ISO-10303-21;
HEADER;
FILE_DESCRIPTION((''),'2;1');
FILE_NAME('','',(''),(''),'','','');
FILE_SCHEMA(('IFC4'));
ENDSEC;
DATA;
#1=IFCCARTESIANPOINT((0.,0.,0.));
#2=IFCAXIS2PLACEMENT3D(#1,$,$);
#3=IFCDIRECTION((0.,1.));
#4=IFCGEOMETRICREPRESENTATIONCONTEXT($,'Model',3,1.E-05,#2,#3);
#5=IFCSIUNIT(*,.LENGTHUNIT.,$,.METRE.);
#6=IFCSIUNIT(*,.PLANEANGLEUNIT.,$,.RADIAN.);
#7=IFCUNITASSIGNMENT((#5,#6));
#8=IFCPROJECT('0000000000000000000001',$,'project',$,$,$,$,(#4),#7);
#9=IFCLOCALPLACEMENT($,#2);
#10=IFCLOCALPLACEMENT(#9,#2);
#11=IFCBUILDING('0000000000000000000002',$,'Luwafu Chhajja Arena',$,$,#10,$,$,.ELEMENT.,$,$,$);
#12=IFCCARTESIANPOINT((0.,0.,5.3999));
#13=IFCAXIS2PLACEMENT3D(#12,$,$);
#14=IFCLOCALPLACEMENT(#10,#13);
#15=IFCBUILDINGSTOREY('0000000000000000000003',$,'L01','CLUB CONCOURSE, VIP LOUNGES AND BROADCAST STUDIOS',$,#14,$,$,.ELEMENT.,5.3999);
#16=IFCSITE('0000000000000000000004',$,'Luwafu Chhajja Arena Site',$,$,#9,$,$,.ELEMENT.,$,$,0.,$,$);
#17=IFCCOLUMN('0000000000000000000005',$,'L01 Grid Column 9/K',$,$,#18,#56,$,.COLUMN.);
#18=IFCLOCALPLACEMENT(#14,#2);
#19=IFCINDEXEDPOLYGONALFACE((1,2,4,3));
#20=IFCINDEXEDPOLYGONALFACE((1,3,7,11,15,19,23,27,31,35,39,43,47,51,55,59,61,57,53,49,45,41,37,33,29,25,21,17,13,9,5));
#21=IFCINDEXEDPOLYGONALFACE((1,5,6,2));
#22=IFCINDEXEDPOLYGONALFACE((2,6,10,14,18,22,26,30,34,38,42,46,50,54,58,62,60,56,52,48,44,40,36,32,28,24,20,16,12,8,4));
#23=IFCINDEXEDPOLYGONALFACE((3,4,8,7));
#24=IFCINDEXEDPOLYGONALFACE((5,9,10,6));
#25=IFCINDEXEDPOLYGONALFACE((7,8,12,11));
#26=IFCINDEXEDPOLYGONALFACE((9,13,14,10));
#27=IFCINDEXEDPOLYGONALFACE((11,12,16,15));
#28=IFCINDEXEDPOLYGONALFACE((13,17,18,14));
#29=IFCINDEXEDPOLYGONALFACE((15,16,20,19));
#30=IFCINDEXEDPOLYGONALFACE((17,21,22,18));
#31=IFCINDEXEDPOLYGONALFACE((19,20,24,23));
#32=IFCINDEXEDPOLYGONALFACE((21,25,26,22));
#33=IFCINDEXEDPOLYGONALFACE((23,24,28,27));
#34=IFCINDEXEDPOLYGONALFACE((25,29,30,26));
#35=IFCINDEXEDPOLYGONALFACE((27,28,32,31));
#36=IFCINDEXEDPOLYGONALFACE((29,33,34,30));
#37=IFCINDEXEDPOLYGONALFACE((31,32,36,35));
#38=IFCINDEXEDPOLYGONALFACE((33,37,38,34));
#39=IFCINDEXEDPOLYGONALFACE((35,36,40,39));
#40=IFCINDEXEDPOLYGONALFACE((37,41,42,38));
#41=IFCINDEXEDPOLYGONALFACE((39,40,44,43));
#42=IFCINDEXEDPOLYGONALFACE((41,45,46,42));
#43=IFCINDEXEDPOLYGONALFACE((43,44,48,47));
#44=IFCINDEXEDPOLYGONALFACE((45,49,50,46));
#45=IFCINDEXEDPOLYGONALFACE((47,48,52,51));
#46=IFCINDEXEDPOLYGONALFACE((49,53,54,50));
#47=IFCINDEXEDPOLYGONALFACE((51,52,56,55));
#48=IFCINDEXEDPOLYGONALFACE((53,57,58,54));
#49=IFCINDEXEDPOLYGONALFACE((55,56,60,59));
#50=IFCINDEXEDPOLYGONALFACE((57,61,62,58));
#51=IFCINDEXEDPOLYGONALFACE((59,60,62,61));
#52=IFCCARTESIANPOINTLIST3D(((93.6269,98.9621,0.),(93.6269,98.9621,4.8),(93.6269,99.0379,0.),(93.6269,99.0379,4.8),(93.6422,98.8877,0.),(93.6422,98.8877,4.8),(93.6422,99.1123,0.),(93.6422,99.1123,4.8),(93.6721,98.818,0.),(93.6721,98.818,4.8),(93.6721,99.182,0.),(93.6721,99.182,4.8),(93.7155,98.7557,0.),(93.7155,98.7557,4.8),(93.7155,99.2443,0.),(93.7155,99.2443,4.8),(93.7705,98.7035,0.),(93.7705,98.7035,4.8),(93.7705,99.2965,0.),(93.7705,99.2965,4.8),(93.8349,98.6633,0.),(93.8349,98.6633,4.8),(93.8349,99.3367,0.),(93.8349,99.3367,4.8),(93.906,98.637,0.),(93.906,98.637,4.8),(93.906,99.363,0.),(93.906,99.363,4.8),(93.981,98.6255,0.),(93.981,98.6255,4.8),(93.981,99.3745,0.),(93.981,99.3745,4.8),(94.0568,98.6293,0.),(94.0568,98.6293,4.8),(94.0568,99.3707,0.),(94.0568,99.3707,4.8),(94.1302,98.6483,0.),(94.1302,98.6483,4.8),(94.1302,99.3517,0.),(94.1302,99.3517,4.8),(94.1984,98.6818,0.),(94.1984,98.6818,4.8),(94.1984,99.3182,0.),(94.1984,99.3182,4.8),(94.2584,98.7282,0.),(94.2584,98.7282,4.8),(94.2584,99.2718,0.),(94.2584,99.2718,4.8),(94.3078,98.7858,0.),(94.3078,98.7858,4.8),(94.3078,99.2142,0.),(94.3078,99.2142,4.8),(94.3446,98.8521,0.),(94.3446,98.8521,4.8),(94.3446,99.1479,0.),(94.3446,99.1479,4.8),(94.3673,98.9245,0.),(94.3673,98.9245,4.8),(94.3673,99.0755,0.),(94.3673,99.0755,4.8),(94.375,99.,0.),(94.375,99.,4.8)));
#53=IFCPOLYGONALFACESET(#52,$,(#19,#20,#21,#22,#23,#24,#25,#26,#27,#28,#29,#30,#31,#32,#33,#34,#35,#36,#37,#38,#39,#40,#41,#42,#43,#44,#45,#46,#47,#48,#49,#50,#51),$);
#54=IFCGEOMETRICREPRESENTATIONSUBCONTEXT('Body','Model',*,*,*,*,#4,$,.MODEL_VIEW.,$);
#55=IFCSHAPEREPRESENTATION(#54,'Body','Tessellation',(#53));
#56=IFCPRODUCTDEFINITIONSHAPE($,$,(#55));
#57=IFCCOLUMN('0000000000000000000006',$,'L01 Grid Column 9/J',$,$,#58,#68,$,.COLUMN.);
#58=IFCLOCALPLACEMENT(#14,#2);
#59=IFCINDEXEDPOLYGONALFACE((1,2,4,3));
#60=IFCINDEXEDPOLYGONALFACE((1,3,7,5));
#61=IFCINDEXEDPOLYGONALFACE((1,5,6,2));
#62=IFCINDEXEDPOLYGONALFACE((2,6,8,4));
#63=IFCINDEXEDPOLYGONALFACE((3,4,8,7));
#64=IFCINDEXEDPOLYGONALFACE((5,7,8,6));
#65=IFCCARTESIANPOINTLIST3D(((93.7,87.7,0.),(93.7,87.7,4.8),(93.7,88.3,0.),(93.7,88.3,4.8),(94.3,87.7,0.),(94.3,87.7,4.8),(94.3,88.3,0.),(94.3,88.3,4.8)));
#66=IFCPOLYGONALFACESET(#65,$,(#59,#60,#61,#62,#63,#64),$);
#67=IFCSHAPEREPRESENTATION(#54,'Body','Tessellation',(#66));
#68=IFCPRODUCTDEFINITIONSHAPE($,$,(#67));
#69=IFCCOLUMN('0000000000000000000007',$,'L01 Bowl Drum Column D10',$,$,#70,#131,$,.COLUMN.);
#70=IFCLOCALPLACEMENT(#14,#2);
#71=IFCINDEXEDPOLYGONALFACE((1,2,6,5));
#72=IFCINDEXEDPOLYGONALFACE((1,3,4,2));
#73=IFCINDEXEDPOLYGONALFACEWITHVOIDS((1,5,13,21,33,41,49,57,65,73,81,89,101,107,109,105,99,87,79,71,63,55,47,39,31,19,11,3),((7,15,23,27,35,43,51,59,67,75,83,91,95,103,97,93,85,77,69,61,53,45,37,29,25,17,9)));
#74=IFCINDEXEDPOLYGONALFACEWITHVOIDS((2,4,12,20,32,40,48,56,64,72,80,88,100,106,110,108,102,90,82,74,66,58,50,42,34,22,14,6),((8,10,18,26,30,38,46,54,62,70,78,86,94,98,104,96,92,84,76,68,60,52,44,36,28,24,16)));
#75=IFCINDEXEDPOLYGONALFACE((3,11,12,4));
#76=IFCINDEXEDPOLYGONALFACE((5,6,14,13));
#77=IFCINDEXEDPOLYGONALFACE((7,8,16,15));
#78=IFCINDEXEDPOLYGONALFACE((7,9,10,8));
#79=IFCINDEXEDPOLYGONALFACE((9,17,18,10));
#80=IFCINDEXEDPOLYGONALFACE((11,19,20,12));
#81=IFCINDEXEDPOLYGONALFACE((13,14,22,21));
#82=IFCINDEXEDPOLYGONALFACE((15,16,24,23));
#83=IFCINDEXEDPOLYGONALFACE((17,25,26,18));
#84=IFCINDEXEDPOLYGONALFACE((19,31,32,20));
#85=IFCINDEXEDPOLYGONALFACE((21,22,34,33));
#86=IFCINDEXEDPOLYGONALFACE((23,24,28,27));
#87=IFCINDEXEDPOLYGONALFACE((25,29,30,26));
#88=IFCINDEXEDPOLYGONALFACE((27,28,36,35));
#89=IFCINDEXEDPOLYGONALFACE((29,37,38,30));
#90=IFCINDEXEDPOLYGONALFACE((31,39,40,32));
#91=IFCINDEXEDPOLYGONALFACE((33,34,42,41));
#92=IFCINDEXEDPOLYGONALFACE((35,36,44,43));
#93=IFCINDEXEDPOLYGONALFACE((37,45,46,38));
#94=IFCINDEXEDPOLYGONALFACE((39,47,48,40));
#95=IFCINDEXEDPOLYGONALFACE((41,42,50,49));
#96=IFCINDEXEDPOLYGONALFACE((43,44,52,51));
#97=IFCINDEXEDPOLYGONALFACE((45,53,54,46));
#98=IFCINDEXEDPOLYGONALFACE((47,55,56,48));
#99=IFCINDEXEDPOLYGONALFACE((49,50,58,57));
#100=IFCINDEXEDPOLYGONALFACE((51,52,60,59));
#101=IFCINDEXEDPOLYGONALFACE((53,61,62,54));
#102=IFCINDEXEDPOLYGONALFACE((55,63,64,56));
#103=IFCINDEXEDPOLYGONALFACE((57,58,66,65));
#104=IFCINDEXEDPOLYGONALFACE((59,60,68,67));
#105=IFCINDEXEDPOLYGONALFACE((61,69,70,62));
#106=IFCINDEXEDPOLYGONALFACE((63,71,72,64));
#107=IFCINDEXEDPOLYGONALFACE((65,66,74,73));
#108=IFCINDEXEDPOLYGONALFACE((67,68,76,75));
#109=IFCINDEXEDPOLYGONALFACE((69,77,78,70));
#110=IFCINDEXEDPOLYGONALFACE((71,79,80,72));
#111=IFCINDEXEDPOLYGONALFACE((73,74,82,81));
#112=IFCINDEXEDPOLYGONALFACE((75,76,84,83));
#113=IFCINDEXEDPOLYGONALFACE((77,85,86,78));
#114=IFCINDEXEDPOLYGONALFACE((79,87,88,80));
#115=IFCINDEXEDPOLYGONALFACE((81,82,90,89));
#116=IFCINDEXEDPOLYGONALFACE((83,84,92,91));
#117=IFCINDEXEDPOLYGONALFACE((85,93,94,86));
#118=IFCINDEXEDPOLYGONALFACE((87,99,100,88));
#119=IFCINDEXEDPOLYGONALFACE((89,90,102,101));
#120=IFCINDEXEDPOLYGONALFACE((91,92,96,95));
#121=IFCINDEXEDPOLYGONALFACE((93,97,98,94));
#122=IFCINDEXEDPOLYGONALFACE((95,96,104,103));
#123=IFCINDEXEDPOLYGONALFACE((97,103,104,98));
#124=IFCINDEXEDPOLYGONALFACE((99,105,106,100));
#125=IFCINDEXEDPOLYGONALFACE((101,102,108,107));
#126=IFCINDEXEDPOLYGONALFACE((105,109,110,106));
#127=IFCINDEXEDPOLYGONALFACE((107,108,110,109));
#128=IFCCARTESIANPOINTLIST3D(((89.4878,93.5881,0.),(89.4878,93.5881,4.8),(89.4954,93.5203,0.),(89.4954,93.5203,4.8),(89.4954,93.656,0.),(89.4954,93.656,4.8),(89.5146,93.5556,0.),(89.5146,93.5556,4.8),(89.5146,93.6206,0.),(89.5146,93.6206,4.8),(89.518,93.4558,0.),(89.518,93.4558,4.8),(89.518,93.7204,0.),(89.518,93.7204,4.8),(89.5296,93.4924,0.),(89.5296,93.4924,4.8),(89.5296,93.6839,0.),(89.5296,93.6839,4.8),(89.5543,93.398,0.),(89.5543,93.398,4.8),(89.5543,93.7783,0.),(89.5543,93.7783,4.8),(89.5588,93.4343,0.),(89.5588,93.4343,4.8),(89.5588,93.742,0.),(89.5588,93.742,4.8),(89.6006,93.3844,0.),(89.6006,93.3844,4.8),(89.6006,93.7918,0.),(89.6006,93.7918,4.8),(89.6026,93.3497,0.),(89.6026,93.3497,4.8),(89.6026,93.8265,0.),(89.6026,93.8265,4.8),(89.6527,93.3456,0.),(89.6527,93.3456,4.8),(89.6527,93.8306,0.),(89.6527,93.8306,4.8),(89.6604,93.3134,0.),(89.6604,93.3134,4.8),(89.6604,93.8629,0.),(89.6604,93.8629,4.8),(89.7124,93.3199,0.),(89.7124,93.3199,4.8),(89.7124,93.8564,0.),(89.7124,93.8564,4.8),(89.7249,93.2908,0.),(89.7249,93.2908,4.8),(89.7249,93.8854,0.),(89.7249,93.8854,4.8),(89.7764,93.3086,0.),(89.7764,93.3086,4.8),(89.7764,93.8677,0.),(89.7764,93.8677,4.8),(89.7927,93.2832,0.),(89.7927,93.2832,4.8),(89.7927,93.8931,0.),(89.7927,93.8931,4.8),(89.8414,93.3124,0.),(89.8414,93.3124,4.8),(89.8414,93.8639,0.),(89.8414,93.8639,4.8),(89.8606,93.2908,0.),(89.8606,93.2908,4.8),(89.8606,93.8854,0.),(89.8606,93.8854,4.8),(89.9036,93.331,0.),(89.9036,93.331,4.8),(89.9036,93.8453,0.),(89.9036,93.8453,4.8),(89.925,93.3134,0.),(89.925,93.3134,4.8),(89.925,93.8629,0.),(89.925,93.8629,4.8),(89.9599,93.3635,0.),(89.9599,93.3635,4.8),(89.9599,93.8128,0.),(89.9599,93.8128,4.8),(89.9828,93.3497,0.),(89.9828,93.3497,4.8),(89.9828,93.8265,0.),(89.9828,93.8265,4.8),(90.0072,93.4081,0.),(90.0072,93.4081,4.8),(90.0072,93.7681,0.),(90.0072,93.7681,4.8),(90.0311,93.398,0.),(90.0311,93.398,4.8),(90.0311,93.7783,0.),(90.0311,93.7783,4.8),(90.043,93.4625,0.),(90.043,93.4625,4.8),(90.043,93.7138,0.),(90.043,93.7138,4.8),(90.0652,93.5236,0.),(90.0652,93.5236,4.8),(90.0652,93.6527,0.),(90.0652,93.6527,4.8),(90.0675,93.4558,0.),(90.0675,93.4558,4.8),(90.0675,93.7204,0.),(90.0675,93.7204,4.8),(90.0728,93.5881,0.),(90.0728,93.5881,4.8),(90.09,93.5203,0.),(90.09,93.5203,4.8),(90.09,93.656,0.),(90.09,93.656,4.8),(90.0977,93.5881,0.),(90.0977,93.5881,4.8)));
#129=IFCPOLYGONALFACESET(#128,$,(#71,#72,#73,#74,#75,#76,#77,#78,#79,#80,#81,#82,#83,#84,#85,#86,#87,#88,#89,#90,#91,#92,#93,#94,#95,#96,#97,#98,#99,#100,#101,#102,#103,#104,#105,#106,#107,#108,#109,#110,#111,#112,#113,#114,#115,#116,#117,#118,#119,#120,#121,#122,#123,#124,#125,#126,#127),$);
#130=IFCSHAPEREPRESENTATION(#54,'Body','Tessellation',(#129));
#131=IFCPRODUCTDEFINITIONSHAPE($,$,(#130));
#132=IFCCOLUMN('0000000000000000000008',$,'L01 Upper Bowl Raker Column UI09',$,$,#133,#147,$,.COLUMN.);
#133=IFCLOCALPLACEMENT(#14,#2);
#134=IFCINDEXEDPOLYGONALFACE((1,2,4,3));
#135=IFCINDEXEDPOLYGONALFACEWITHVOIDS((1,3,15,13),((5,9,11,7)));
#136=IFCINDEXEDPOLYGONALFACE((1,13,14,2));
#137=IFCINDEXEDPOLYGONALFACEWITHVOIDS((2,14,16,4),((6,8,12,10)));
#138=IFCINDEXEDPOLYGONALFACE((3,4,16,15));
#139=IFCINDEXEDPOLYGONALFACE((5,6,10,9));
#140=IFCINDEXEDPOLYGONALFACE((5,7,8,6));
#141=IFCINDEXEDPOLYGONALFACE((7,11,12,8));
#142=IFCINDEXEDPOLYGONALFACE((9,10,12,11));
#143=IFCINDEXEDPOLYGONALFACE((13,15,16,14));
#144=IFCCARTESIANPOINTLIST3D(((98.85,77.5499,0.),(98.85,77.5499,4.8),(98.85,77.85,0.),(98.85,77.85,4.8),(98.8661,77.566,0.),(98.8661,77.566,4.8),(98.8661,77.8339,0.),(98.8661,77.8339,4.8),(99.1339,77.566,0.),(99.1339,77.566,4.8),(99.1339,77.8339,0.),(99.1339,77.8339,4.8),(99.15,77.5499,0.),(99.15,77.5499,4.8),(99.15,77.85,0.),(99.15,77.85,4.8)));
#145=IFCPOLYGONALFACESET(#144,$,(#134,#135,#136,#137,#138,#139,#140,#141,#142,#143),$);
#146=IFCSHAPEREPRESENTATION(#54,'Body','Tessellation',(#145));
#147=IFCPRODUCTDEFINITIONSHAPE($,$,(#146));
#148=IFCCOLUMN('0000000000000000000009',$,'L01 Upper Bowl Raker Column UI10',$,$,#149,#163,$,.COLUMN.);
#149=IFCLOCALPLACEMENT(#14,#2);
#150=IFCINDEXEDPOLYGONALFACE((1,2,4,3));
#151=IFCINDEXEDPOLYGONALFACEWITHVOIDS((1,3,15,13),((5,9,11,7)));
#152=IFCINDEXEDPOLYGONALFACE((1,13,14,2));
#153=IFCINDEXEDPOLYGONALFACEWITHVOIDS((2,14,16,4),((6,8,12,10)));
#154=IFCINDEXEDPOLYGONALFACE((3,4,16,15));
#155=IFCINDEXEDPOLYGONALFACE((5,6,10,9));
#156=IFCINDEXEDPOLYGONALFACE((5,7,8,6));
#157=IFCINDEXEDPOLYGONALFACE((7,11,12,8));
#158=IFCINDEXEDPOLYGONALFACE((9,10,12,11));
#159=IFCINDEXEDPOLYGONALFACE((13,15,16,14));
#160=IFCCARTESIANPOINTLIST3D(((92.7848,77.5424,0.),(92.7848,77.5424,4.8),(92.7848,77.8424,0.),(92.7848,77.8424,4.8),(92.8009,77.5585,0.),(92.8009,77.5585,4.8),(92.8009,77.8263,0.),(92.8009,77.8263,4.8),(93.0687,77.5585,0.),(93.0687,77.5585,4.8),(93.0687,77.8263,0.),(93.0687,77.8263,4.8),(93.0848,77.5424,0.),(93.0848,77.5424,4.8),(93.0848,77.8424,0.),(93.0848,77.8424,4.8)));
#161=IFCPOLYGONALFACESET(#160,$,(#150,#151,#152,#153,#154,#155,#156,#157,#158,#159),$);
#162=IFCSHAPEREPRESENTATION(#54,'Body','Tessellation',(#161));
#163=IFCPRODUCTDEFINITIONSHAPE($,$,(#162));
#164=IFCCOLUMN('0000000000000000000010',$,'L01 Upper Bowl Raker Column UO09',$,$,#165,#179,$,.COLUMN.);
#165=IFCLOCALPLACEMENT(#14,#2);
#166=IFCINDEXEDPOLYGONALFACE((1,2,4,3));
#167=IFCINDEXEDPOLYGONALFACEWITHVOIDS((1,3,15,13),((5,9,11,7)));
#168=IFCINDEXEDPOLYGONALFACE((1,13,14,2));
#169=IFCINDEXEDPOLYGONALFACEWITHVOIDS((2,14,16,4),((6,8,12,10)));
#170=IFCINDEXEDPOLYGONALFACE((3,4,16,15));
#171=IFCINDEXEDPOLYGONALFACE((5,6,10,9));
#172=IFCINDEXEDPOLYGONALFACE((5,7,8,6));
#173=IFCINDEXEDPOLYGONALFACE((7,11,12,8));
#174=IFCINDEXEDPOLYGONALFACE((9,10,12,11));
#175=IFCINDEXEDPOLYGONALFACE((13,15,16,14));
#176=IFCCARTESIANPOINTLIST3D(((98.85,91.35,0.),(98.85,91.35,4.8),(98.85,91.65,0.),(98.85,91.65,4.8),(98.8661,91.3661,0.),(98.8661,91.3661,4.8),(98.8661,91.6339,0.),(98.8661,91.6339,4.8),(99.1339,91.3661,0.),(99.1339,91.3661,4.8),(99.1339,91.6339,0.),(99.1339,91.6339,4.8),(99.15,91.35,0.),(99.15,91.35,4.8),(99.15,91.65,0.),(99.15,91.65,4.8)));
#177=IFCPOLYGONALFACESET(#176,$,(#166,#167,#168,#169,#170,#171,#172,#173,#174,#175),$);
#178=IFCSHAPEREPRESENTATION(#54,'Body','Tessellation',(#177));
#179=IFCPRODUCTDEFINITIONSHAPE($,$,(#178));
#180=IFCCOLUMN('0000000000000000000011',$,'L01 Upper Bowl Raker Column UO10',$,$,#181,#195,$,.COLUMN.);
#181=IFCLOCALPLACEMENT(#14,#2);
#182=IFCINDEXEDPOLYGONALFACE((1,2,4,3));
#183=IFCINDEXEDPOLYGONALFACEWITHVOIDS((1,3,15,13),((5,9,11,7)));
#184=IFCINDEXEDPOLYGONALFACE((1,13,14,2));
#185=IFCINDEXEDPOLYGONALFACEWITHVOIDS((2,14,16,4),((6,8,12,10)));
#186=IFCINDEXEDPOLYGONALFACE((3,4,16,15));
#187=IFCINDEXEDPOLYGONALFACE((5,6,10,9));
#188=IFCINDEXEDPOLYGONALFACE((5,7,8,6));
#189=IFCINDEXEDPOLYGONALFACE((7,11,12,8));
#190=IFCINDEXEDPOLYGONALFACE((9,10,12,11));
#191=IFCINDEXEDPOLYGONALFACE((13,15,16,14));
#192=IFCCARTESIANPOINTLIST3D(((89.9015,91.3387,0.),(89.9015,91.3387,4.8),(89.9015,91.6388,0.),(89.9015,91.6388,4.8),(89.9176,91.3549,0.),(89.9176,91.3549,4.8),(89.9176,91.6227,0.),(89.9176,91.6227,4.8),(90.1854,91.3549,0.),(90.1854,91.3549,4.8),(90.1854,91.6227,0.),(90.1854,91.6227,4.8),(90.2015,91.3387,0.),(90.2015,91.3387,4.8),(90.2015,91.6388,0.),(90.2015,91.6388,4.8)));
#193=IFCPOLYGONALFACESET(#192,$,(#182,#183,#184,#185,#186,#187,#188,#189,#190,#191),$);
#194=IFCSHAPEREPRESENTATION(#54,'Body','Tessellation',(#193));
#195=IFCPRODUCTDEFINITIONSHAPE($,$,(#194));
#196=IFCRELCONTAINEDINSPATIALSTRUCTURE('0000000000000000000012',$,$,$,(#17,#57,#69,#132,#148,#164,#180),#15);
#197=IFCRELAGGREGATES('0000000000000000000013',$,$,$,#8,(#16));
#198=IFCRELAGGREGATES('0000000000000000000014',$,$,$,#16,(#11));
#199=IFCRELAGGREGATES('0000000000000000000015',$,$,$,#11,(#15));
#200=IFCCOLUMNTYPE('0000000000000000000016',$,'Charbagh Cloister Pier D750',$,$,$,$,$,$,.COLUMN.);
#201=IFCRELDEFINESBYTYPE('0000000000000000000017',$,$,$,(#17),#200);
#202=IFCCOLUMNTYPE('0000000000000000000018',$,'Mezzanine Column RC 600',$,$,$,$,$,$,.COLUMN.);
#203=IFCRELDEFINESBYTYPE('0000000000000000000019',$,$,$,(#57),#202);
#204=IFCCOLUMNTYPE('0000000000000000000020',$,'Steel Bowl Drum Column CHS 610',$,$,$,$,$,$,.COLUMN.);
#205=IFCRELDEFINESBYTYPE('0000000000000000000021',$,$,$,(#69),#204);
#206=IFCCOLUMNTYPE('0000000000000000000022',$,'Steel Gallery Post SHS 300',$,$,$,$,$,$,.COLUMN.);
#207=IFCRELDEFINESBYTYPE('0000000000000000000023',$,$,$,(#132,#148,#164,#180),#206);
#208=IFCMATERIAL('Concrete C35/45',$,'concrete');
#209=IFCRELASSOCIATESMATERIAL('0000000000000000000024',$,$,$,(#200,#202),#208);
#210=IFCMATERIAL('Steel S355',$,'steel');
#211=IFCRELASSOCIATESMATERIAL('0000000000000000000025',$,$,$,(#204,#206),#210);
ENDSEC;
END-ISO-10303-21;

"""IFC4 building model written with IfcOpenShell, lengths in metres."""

from ifc_helpers import new_model, si_unit, direction, frame, origin, origin_2d, place, context, subcontext, project, spatial, rectangle, hollow_rectangle, circle, hollow_circle, extrude, material, material_profile, profile_set, type_object, element, save


model = new_model("IFC4")

# Units and contexts
model_context = context("Model", 3, precision=1e-05, world=origin(), true_north=direction((0.0, 1.0)))
body_context = subcontext(model_context, "Body", "Model", "MODEL_VIEW")
ifc_project = project(units=[si_unit("LENGTHUNIT", "METRE"), si_unit("PLANEANGLEUNIT", "RADIAN")], contexts=[model_context])

# Site, building, storey
site_placement = place(None, origin())
site = spatial("IfcSite", under=ifc_project, at=site_placement, Name="Luwafu Chhajja Arena Site", CompositionType="ELEMENT", RefElevation=0.0)
building_placement = place(site_placement, origin())
building = spatial("IfcBuilding", under=site, at=building_placement, Name="Luwafu Chhajja Arena", CompositionType="ELEMENT")
storey_placement = place(building_placement, frame((0.0, 0.0, 5.3999)))
storey = spatial("IfcBuildingStorey", under=building, at=storey_placement, Name="L01", Description="CLUB CONCOURSE, VIP LOUNGES AND BROADCAST STUDIOS", CompositionType="ELEMENT", Elevation=5.3999)

# Columns
ifc_material_1 = material(Name="Concrete C35/45", Category="concrete")
ifc_material_profile_1 = material_profile(ifc_material_1, circle(Radius=0.375, at=origin_2d()), Name="RC COL D750")
ifc_profile_set_1 = profile_set([ifc_material_profile_1], Name="Concrete C35/45")
column_type_1 = type_object("IfcColumnType", Name="Charbagh Cloister Pier D750", PredefinedType="COLUMN", material=ifc_profile_set_1)
column_1_placement = place(storey_placement, frame((94.0, 99.0, 0.0), z_axis=(0.0, 0.0, 1.0), x_axis=(1.0, 0.0, 0.0)))
element("IfcColumn", 1, at=column_1_placement, inside=storey, type_object=column_type_1, Name="L01 Grid Column 9/K", PredefinedType="COLUMN", context=body_context, shape_type="SweptSolid", body=[
    extrude(circle(Radius=0.375, at=origin_2d()), origin(), (0.0, 0.0, 1.0), 4.8),
])
ifc_material_profile_2 = material_profile(ifc_material_1, rectangle(XDim=0.6001, YDim=0.6001, at=origin_2d()), Name="RC 600x600")
ifc_profile_set_2 = profile_set([ifc_material_profile_2], Name="Concrete C35/45")
column_type_2 = type_object("IfcColumnType", Name="Mezzanine Column RC 600", PredefinedType="COLUMN", material=ifc_profile_set_2)
column_2_placement = place(storey_placement, frame((94.0, 88.0, 0.0), z_axis=(0.0, 0.0, 1.0), x_axis=(1.0, 0.0, 0.0)))
element("IfcColumn", 2, at=column_2_placement, inside=storey, type_object=column_type_2, Name="L01 Grid Column 9/J", PredefinedType="COLUMN", context=body_context, shape_type="SweptSolid", body=[
    extrude(rectangle(XDim=0.6001, YDim=0.6001, at=origin_2d()), origin(), (0.0, 0.0, 1.0), 4.8),
])
ifc_material_2 = material(Name="Steel S355", Category="steel")
ifc_material_profile_3 = material_profile(ifc_material_2, hollow_circle(Radius=0.3049, WallThickness=0.0249, at=origin_2d()), Name="CHS 610x25")
ifc_profile_set_3 = profile_set([ifc_material_profile_3], Name="Steel S355")
column_type_3 = type_object("IfcColumnType", Name="Steel Bowl Drum Column CHS 610", PredefinedType="COLUMN", material=ifc_profile_set_3)
column_3_placement = place(storey_placement, frame((89.7927, 93.5881, 0.0), z_axis=(0.0, 0.0, 1.0), x_axis=(1.0, 0.0, 0.0)))
element("IfcColumn", 3, at=column_3_placement, inside=storey, type_object=column_type_3, Name="L01 Bowl Drum Column D10", PredefinedType="COLUMN", context=body_context, shape_type="SweptSolid", body=[
    extrude(hollow_circle(Radius=0.3049, WallThickness=0.0249, at=origin_2d()), origin(), (0.0, 0.0, 1.0), 4.8),
])
ifc_material_profile_4 = material_profile(ifc_material_2, hollow_rectangle(XDim=0.3, YDim=0.3, WallThickness=0.0161, at=origin_2d()), Name="SHS 300x300x16")
ifc_profile_set_4 = profile_set([ifc_material_profile_4], Name="Steel S355")
column_type_4 = type_object("IfcColumnType", Name="Steel Gallery Post SHS 300", PredefinedType="COLUMN", material=ifc_profile_set_4)
for number, where, z_axis, x_axis, name in (
    (4, (99.0, 77.7, 0.0), (0.0, 0.0, 1.0), (1.0, 0.0, 0.0), "L01 Upper Bowl Raker Column UI09"),
    (5, (92.9348, 77.6924, 0.0), (0.0, 0.0, 1.0), (1.0, 0.0, 0.0), "L01 Upper Bowl Raker Column UI10"),
    (6, (99.0, 91.5, 0.0), (0.0, 0.0, 1.0), (1.0, 0.0, 0.0), "L01 Upper Bowl Raker Column UO09"),
    (7, (90.0515, 91.4888, 0.0), (0.0, 0.0, 1.0), (1.0, 0.0, 0.0), "L01 Upper Bowl Raker Column UO10"),
):
    element("IfcColumn", number, at=place(storey_placement, frame(where, z_axis=z_axis, x_axis=x_axis)), inside=storey, type_object=column_type_4, Name=name, PredefinedType="COLUMN", context=body_context, shape_type="SweptSolid", body=[
        extrude(hollow_rectangle(XDim=0.3, YDim=0.3, WallThickness=0.0161, at=origin_2d()), origin(), (0.0, 0.0, 1.0), 4.8),
    ])

save(model, "model.ifc")
